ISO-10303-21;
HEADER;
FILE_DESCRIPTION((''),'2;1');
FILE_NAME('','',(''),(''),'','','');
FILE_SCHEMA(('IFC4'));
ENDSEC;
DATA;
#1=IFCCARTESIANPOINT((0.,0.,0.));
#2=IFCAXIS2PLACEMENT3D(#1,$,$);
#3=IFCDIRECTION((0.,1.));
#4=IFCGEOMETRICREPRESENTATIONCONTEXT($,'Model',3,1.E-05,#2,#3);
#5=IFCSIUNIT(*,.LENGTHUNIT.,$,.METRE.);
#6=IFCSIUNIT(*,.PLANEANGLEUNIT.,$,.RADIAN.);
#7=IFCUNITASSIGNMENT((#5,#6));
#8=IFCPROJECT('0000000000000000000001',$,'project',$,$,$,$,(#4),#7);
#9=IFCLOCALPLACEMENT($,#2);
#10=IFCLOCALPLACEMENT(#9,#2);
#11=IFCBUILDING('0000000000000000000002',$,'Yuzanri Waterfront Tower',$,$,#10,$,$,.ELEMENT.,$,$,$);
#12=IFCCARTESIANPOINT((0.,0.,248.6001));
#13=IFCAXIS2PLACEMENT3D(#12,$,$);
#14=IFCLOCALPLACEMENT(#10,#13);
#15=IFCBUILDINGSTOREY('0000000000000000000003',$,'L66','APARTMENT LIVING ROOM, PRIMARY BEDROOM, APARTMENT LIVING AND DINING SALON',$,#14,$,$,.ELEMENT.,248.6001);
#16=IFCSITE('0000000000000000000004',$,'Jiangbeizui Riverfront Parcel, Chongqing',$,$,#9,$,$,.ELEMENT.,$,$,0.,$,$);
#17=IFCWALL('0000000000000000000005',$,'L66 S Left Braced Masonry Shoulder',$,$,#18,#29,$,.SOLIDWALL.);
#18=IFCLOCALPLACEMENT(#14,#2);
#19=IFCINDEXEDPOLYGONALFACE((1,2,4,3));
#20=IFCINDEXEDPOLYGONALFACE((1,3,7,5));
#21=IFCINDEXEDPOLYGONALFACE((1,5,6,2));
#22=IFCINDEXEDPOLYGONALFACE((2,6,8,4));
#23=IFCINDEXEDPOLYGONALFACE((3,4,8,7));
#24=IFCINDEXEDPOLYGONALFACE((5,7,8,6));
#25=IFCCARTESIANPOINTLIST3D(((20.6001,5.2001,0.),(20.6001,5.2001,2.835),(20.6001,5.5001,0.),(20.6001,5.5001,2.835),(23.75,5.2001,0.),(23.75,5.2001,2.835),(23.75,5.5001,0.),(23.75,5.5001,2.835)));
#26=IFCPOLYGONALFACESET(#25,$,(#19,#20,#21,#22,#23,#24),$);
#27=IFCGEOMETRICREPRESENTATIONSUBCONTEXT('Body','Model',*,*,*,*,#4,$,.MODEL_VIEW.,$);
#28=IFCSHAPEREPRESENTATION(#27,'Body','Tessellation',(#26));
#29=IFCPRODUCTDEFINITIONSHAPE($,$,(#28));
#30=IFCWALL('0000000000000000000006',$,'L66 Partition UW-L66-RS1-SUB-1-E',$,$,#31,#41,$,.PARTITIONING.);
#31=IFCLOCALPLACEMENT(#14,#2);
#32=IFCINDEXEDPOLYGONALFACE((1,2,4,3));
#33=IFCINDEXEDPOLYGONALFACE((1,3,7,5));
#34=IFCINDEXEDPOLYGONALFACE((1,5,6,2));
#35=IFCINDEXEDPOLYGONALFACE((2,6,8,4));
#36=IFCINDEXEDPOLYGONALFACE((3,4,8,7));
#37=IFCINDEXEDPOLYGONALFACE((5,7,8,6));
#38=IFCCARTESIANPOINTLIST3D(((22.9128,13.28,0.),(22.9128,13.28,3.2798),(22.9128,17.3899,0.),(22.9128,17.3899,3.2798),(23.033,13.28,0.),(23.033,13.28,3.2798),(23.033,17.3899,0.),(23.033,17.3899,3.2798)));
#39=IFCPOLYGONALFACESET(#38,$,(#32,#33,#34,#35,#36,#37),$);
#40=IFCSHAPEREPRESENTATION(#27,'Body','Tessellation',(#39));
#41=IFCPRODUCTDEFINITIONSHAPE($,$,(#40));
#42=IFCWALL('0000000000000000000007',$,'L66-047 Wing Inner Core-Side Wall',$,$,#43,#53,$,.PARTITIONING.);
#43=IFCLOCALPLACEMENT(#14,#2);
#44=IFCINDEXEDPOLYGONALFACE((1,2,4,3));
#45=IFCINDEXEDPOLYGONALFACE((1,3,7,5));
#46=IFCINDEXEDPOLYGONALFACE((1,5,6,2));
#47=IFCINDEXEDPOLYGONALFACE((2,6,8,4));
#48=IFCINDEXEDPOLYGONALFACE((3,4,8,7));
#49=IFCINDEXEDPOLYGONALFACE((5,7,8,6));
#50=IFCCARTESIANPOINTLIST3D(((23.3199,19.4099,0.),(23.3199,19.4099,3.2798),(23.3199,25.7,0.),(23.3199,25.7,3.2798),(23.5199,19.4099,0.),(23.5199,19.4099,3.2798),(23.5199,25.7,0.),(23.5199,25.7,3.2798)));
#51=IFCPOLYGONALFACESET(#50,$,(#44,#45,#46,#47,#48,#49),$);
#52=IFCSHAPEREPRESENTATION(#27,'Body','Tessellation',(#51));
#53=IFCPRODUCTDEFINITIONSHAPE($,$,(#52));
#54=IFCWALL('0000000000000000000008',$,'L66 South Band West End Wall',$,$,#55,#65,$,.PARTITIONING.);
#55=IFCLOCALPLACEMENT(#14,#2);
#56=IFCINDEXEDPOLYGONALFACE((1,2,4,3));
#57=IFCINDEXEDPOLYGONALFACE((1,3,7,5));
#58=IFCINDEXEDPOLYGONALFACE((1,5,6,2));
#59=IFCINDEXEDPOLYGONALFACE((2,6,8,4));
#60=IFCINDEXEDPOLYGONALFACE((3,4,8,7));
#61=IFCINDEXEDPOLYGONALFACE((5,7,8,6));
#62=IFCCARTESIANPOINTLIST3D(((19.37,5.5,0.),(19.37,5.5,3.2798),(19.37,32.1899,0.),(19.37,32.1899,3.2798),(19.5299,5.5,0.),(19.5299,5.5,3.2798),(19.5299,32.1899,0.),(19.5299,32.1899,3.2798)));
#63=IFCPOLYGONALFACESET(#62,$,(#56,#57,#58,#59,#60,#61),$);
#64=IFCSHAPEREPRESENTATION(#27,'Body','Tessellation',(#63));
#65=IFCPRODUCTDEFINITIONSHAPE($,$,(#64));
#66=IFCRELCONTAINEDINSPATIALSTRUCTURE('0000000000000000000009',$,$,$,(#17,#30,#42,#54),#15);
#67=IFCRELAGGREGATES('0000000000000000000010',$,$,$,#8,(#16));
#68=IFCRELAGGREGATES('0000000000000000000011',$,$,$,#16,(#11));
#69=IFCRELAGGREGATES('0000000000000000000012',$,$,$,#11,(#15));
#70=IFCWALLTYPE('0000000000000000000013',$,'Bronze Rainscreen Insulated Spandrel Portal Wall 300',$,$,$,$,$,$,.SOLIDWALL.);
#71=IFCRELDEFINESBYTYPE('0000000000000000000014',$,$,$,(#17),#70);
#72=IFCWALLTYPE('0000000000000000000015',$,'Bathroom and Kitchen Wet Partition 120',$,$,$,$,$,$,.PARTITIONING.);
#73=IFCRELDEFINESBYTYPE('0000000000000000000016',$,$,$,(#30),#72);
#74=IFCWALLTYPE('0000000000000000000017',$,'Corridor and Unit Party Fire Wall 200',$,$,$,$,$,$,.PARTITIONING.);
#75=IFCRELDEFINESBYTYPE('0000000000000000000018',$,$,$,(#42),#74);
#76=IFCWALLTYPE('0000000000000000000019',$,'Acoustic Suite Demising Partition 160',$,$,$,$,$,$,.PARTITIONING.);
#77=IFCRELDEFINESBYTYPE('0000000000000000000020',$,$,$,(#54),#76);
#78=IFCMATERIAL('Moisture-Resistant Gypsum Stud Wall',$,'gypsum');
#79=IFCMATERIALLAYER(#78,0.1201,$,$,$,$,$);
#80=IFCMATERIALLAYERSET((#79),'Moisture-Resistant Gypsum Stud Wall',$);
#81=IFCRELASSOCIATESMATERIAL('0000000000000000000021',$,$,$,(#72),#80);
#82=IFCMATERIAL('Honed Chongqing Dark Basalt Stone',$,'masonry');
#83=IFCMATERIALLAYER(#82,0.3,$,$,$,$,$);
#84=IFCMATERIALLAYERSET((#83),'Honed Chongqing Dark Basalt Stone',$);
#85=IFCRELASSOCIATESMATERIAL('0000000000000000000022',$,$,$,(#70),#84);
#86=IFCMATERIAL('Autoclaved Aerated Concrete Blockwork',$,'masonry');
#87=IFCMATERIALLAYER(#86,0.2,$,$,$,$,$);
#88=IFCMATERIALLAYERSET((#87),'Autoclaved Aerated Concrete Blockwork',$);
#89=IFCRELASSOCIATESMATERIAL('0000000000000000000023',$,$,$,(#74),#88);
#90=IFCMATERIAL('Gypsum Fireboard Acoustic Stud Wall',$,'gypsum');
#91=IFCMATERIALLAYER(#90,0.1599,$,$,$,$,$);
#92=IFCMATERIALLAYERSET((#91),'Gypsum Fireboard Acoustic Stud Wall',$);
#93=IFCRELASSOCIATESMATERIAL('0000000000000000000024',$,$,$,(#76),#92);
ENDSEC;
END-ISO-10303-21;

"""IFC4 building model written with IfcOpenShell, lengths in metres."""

from ifc_helpers import new_model, si_unit, direction, frame, frame_2d, origin, place, context, subcontext, project, spatial, rectangle, extrude, source, transform, mapped, material, layer, layer_set, type_object, element, save


model = new_model("IFC4")

# Units and contexts
model_context = context("Model", 3, precision=1e-05, world=origin(), true_north=direction((0.0, 1.0)))
body_context = subcontext(model_context, "Body", "Model", "MODEL_VIEW")
ifc_project = project(units=[si_unit("LENGTHUNIT", "METRE"), si_unit("PLANEANGLEUNIT", "RADIAN")], contexts=[model_context])

# Site, building, storey
site_placement = place(None, origin())
site = spatial("IfcSite", under=ifc_project, at=site_placement, Name="Jiangbeizui Riverfront Parcel, Chongqing", CompositionType="ELEMENT", RefElevation=0.0)
building_placement = place(site_placement, origin())
building = spatial("IfcBuilding", under=site, at=building_placement, Name="Yuzanri Waterfront Tower", CompositionType="ELEMENT")
storey_placement = place(building_placement, frame((0.0, 0.0, 248.6001)))
storey = spatial("IfcBuildingStorey", under=building, at=storey_placement, Name="L66", Description="APARTMENT LIVING ROOM, PRIMARY BEDROOM, APARTMENT LIVING AND DINING SALON", CompositionType="ELEMENT", Elevation=248.6001)

# Shared definitions
ifc_material_1 = material(Name="Moisture-Resistant Gypsum Stud Wall", Category="gypsum")
ifc_layer_1 = layer(ifc_material_1, 0.1201)
ifc_layer_set_1 = layer_set([ifc_layer_1], Name="Moisture-Resistant Gypsum Stud Wall")
wall_type_1 = type_object("IfcWallType", Name="Bathroom and Kitchen Wet Partition 120", PredefinedType="PARTITIONING", material=ifc_layer_set_1)

# Shared definitions
ifc_material_2 = material(Name="Honed Chongqing Dark Basalt Stone", Category="masonry")
ifc_layer_2 = layer(ifc_material_2, 0.3)
ifc_layer_set_2 = layer_set([ifc_layer_2], Name="Honed Chongqing Dark Basalt Stone")
wall_type_2 = type_object("IfcWallType", Name="Bronze Rainscreen Insulated Spandrel Portal Wall 300", PredefinedType="SOLIDWALL", material=ifc_layer_set_2)

# Shared definitions
ifc_material_3 = material(Name="Autoclaved Aerated Concrete Blockwork", Category="masonry")
ifc_layer_3 = layer(ifc_material_3, 0.2)
ifc_layer_set_3 = layer_set([ifc_layer_3], Name="Autoclaved Aerated Concrete Blockwork")
wall_type_3 = type_object("IfcWallType", Name="Corridor and Unit Party Fire Wall 200", PredefinedType="PARTITIONING", material=ifc_layer_set_3)

# Walls
shared_shape_1 = source(origin(), body_context, "Body", "SweptSolid", [
    extrude(rectangle(XDim=3.1499, YDim=0.3, at=frame_2d((1.575, 0.0))), origin(), (0.0, 0.0, 1.0), 2.835),
])
wall_1_placement = place(storey_placement, frame((20.6001, 5.3501, 0.0), z_axis=(0.0, 0.0, 1.0), x_axis=(1.0, 0.0, 0.0)))
element("IfcWall", 1, at=wall_1_placement, inside=storey, type_object=wall_type_2, Name="L66 S Left Braced Masonry Shoulder", PredefinedType="SOLIDWALL", context=body_context, shape_type="MappedRepresentation", body=[
    mapped(shared_shape_1, transform((0.0, 0.0, 0.0), scale=1.0)),
])
shared_shape_2 = source(origin(), body_context, "Body", "SweptSolid", [
    extrude(rectangle(XDim=4.1099, YDim=0.1201, at=frame_2d((2.0549, 0.0))), origin(), (0.0, 0.0, 1.0), 3.2798),
])
wall_2_placement = place(storey_placement, frame((22.9729, 13.28, 0.0), z_axis=(0.0, 0.0, 1.0), x_axis=(0.0, 1.0, 0.0)))
element("IfcWall", 2, at=wall_2_placement, inside=storey, type_object=wall_type_1, Name="L66 Partition UW-L66-RS1-SUB-1-E", PredefinedType="PARTITIONING", context=body_context, shape_type="MappedRepresentation", body=[
    mapped(shared_shape_2, transform((0.0, 0.0, 0.0), scale=1.0)),
])
shared_shape_3 = source(origin(), body_context, "Body", "SweptSolid", [
    extrude(rectangle(XDim=6.29, YDim=0.2, at=frame_2d((3.145, 0.0))), origin(), (0.0, 0.0, 1.0), 3.2798),
])
wall_3_placement = place(storey_placement, frame((23.4199, 19.4099, 0.0), z_axis=(0.0, 0.0, 1.0), x_axis=(0.0, 1.0, 0.0)))
element("IfcWall", 3, at=wall_3_placement, inside=storey, type_object=wall_type_3, Name="L66-047 Wing Inner Core-Side Wall", PredefinedType="PARTITIONING", context=body_context, shape_type="MappedRepresentation", body=[
    mapped(shared_shape_3, transform((0.0, 0.0, 0.0), scale=1.0)),
])
ifc_material_4 = material(Name="Gypsum Fireboard Acoustic Stud Wall", Category="gypsum")
ifc_layer_4 = layer(ifc_material_4, 0.1599)
ifc_layer_set_4 = layer_set([ifc_layer_4], Name="Gypsum Fireboard Acoustic Stud Wall")
wall_type_4 = type_object("IfcWallType", Name="Acoustic Suite Demising Partition 160", PredefinedType="PARTITIONING", material=ifc_layer_set_4)
shared_shape_4 = source(origin(), body_context, "Body", "SweptSolid", [
    extrude(rectangle(XDim=26.6899, YDim=0.1599, at=frame_2d((13.345, 0.0))), origin(), (0.0, 0.0, 1.0), 3.2798),
])
wall_4_placement = place(storey_placement, frame((19.45, 5.5, 0.0), z_axis=(0.0, 0.0, 1.0), x_axis=(0.0, 1.0, 0.0)))
element("IfcWall", 4, at=wall_4_placement, inside=storey, type_object=wall_type_4, Name="L66 South Band West End Wall", PredefinedType="PARTITIONING", context=body_context, shape_type="MappedRepresentation", body=[
    mapped(shared_shape_4, transform((0.0, 0.0, 0.0), scale=1.0)),
])

save(model, "model.ifc")
